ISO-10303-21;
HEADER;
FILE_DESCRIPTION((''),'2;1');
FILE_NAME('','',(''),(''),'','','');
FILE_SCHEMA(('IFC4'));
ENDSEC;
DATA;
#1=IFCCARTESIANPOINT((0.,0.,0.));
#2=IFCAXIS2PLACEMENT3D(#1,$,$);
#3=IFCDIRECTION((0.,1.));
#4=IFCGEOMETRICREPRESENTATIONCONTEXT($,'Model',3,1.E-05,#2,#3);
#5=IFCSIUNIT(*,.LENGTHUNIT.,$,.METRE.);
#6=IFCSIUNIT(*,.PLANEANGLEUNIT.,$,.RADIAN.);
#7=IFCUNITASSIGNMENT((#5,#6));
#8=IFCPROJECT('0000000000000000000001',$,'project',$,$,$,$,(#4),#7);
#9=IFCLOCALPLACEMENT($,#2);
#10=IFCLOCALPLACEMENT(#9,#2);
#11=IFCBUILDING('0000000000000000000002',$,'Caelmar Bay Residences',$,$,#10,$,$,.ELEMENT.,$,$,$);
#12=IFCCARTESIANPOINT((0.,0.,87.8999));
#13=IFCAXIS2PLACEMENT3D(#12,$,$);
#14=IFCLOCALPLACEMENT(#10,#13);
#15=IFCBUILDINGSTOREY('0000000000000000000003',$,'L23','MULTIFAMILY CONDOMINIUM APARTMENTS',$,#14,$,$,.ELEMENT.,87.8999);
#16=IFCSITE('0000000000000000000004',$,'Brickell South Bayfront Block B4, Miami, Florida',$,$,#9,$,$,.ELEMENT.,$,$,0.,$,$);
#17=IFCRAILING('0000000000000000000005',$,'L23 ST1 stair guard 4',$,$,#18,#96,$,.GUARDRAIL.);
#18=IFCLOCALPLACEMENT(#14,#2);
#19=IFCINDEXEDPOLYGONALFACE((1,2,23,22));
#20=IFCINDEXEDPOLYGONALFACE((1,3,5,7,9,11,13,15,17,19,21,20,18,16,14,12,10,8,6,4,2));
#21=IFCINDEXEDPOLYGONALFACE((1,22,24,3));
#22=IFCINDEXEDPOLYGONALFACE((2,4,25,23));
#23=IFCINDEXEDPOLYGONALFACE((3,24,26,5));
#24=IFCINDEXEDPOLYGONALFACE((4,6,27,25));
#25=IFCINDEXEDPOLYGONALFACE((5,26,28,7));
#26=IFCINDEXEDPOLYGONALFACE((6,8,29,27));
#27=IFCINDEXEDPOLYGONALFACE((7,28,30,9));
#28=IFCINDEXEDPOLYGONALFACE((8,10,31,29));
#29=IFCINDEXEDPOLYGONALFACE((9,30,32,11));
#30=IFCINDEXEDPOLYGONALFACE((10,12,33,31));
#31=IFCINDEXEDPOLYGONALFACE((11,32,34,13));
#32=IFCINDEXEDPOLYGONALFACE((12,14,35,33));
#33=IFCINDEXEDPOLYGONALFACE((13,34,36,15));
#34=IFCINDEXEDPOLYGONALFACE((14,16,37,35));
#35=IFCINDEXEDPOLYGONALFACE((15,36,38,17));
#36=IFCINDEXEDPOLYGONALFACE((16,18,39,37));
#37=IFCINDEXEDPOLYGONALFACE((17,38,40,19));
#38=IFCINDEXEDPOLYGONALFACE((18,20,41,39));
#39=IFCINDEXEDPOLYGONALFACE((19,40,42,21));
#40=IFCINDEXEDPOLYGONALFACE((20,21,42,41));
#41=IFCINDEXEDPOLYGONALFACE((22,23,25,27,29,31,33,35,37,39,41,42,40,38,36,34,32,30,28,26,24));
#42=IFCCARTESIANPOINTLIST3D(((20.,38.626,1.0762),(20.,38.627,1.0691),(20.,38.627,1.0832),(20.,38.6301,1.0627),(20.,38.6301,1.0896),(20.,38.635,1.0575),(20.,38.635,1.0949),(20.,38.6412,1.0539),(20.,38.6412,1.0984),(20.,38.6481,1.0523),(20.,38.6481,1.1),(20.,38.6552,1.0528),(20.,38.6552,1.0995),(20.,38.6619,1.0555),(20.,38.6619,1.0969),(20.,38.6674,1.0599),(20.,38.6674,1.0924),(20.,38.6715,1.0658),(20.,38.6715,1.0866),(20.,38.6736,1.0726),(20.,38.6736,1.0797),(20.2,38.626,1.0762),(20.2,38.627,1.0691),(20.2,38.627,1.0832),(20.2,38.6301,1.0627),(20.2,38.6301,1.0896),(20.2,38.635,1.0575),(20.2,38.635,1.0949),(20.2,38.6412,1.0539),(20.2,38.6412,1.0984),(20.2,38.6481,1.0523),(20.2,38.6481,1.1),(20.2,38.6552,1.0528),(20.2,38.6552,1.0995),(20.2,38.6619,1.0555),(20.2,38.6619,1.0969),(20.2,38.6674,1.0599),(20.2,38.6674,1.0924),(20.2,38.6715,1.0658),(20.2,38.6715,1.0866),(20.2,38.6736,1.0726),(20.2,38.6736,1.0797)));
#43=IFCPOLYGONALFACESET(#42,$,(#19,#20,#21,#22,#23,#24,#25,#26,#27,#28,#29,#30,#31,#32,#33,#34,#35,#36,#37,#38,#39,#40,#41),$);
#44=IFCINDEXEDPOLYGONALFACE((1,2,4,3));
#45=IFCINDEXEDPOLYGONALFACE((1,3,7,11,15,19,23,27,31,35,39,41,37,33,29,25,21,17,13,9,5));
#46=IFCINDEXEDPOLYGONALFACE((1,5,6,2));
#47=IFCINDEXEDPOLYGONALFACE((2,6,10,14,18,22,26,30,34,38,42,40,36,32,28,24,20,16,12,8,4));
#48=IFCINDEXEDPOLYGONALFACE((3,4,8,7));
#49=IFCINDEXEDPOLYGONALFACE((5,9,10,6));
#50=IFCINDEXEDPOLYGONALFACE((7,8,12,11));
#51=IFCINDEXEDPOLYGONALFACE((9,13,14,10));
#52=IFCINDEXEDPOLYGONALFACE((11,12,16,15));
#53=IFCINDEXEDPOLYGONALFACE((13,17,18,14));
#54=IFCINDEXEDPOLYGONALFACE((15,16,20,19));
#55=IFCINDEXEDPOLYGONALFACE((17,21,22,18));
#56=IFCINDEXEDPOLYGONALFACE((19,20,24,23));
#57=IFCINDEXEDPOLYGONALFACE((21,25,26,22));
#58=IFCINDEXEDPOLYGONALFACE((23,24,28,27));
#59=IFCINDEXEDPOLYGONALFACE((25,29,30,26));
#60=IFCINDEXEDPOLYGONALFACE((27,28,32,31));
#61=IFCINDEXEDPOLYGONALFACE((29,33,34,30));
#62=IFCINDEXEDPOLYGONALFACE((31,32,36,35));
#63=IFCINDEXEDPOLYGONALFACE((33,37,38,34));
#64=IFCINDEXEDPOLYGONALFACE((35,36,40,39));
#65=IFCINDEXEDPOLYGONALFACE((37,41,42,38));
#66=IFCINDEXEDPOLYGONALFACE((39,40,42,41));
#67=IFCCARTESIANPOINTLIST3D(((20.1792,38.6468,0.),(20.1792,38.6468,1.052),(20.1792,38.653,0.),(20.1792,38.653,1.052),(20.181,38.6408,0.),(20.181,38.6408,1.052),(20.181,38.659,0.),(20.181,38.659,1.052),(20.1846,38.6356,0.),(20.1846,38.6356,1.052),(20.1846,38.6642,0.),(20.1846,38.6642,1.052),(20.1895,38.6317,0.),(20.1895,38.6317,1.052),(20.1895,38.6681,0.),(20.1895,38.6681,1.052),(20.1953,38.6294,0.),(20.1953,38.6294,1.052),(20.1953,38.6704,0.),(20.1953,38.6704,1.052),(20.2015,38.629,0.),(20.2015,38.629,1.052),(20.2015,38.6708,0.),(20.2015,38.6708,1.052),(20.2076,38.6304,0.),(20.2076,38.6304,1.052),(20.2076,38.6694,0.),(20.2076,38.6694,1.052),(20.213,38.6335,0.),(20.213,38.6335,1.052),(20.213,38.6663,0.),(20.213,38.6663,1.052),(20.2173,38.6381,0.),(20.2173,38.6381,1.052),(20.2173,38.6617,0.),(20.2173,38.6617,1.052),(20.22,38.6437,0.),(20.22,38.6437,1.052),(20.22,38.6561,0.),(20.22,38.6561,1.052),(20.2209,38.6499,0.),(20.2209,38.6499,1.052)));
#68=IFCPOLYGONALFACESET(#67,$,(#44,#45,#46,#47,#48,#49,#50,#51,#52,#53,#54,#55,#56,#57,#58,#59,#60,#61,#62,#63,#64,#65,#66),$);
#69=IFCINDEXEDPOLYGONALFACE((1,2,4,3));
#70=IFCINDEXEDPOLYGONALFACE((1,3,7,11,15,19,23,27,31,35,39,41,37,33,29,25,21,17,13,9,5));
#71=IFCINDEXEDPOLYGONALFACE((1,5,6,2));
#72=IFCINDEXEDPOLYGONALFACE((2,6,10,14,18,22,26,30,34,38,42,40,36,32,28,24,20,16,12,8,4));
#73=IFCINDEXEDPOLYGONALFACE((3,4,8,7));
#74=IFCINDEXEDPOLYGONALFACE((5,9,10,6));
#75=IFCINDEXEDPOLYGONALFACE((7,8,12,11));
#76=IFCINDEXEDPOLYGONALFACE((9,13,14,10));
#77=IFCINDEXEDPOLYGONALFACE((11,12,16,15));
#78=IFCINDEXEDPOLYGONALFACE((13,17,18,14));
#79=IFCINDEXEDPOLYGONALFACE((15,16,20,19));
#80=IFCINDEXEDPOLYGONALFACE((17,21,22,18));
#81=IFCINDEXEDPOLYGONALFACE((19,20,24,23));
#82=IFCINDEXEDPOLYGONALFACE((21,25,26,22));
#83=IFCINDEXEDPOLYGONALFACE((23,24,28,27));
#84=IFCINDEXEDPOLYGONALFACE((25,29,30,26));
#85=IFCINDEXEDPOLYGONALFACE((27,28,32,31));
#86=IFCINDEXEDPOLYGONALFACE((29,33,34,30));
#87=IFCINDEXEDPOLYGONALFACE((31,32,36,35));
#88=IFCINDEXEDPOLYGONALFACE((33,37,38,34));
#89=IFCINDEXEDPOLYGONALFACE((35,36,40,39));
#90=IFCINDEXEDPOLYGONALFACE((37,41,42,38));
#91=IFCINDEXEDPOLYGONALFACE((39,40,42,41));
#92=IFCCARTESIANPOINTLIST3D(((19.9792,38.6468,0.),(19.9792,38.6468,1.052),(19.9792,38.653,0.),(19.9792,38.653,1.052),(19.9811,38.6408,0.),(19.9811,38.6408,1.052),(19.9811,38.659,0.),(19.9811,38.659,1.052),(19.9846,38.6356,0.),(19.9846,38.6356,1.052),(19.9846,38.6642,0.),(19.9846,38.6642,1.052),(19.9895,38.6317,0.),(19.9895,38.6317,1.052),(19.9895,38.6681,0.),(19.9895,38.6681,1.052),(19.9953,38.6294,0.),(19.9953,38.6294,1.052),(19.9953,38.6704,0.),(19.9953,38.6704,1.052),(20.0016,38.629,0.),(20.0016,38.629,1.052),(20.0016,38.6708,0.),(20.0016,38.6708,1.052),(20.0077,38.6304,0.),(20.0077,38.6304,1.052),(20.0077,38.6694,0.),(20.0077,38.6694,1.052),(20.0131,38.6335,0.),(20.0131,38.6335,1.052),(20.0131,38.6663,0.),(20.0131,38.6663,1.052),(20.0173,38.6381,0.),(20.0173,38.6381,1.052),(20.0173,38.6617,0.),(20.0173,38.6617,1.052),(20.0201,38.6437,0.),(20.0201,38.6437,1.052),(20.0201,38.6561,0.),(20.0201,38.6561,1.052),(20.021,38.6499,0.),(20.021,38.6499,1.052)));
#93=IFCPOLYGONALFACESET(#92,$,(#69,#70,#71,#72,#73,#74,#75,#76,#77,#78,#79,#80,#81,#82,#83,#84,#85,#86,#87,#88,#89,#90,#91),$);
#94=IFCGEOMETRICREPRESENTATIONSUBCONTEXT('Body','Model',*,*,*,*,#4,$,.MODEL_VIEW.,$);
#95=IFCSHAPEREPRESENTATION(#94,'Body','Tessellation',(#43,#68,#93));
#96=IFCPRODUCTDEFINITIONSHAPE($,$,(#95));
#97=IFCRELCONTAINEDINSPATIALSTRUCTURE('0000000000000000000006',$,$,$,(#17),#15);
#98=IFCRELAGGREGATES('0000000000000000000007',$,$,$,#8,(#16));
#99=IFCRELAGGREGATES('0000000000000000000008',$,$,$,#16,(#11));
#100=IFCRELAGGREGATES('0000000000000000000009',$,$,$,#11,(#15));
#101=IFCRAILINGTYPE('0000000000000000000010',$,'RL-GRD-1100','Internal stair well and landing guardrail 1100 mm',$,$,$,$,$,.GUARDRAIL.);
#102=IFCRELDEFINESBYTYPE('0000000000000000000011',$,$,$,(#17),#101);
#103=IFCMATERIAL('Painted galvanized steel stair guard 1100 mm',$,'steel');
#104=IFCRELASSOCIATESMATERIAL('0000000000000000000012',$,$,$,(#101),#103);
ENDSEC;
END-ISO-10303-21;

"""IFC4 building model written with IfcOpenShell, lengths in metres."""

from ifc_helpers import new_model, si_unit, direction, frame, origin, origin_2d, place, context, subcontext, project, spatial, circle, extrude, material, type_object, element, save


model = new_model("IFC4")

# Units and contexts
model_context = context("Model", 3, precision=1e-05, world=origin(), true_north=direction((0.0, 1.0)))
body_context = subcontext(model_context, "Body", "Model", "MODEL_VIEW")
ifc_project = project(units=[si_unit("LENGTHUNIT", "METRE"), si_unit("PLANEANGLEUNIT", "RADIAN")], contexts=[model_context])

# Site, building, storey
site_placement = place(None, origin())
site = spatial("IfcSite", under=ifc_project, at=site_placement, Name="Brickell South Bayfront Block B4, Miami, Florida", CompositionType="ELEMENT", RefElevation=0.0)
building_placement = place(site_placement, origin())
building = spatial("IfcBuilding", under=site, at=building_placement, Name="Caelmar Bay Residences", CompositionType="ELEMENT")
storey_placement = place(building_placement, frame((0.0, 0.0, 87.8999)))
storey = spatial("IfcBuildingStorey", under=building, at=storey_placement, Name="L23", Description="MULTIFAMILY CONDOMINIUM APARTMENTS", CompositionType="ELEMENT", Elevation=87.8999)

# Railing
ifc_material_1 = material(Name="Painted galvanized steel stair guard 1100 mm", Category="steel")
railing_type_1 = type_object("IfcRailingType", Name="RL-GRD-1100", Description="Internal stair well and landing guardrail 1100 mm", PredefinedType="GUARDRAIL", material=ifc_material_1)
railing_1_placement = place(storey_placement, frame((20.2, 38.6499, 0.0)))
element("IfcRailing", 1, at=railing_1_placement, inside=storey, type_object=railing_type_1, Name="L23 ST1 stair guard 4", PredefinedType="GUARDRAIL", context=body_context, shape_type="SweptSolid", body=[
    extrude(circle(Radius=0.0239, at=origin_2d()), frame((0.0, 0.0, 1.0762), z_axis=(-1.0, 0.0, 0.0), x_axis=(0.0, -1.0, 0.0)), (0.0, 0.0, 1.0), 0.2),
    extrude(circle(Radius=0.021, at=origin_2d()), origin(), (0.0, 0.0, 1.0), 1.052),
    extrude(circle(Radius=0.021, at=origin_2d()), frame((-0.2, 0.0, 0.0)), (0.0, 0.0, 1.0), 1.052),
])

save(model, "model.ifc")
